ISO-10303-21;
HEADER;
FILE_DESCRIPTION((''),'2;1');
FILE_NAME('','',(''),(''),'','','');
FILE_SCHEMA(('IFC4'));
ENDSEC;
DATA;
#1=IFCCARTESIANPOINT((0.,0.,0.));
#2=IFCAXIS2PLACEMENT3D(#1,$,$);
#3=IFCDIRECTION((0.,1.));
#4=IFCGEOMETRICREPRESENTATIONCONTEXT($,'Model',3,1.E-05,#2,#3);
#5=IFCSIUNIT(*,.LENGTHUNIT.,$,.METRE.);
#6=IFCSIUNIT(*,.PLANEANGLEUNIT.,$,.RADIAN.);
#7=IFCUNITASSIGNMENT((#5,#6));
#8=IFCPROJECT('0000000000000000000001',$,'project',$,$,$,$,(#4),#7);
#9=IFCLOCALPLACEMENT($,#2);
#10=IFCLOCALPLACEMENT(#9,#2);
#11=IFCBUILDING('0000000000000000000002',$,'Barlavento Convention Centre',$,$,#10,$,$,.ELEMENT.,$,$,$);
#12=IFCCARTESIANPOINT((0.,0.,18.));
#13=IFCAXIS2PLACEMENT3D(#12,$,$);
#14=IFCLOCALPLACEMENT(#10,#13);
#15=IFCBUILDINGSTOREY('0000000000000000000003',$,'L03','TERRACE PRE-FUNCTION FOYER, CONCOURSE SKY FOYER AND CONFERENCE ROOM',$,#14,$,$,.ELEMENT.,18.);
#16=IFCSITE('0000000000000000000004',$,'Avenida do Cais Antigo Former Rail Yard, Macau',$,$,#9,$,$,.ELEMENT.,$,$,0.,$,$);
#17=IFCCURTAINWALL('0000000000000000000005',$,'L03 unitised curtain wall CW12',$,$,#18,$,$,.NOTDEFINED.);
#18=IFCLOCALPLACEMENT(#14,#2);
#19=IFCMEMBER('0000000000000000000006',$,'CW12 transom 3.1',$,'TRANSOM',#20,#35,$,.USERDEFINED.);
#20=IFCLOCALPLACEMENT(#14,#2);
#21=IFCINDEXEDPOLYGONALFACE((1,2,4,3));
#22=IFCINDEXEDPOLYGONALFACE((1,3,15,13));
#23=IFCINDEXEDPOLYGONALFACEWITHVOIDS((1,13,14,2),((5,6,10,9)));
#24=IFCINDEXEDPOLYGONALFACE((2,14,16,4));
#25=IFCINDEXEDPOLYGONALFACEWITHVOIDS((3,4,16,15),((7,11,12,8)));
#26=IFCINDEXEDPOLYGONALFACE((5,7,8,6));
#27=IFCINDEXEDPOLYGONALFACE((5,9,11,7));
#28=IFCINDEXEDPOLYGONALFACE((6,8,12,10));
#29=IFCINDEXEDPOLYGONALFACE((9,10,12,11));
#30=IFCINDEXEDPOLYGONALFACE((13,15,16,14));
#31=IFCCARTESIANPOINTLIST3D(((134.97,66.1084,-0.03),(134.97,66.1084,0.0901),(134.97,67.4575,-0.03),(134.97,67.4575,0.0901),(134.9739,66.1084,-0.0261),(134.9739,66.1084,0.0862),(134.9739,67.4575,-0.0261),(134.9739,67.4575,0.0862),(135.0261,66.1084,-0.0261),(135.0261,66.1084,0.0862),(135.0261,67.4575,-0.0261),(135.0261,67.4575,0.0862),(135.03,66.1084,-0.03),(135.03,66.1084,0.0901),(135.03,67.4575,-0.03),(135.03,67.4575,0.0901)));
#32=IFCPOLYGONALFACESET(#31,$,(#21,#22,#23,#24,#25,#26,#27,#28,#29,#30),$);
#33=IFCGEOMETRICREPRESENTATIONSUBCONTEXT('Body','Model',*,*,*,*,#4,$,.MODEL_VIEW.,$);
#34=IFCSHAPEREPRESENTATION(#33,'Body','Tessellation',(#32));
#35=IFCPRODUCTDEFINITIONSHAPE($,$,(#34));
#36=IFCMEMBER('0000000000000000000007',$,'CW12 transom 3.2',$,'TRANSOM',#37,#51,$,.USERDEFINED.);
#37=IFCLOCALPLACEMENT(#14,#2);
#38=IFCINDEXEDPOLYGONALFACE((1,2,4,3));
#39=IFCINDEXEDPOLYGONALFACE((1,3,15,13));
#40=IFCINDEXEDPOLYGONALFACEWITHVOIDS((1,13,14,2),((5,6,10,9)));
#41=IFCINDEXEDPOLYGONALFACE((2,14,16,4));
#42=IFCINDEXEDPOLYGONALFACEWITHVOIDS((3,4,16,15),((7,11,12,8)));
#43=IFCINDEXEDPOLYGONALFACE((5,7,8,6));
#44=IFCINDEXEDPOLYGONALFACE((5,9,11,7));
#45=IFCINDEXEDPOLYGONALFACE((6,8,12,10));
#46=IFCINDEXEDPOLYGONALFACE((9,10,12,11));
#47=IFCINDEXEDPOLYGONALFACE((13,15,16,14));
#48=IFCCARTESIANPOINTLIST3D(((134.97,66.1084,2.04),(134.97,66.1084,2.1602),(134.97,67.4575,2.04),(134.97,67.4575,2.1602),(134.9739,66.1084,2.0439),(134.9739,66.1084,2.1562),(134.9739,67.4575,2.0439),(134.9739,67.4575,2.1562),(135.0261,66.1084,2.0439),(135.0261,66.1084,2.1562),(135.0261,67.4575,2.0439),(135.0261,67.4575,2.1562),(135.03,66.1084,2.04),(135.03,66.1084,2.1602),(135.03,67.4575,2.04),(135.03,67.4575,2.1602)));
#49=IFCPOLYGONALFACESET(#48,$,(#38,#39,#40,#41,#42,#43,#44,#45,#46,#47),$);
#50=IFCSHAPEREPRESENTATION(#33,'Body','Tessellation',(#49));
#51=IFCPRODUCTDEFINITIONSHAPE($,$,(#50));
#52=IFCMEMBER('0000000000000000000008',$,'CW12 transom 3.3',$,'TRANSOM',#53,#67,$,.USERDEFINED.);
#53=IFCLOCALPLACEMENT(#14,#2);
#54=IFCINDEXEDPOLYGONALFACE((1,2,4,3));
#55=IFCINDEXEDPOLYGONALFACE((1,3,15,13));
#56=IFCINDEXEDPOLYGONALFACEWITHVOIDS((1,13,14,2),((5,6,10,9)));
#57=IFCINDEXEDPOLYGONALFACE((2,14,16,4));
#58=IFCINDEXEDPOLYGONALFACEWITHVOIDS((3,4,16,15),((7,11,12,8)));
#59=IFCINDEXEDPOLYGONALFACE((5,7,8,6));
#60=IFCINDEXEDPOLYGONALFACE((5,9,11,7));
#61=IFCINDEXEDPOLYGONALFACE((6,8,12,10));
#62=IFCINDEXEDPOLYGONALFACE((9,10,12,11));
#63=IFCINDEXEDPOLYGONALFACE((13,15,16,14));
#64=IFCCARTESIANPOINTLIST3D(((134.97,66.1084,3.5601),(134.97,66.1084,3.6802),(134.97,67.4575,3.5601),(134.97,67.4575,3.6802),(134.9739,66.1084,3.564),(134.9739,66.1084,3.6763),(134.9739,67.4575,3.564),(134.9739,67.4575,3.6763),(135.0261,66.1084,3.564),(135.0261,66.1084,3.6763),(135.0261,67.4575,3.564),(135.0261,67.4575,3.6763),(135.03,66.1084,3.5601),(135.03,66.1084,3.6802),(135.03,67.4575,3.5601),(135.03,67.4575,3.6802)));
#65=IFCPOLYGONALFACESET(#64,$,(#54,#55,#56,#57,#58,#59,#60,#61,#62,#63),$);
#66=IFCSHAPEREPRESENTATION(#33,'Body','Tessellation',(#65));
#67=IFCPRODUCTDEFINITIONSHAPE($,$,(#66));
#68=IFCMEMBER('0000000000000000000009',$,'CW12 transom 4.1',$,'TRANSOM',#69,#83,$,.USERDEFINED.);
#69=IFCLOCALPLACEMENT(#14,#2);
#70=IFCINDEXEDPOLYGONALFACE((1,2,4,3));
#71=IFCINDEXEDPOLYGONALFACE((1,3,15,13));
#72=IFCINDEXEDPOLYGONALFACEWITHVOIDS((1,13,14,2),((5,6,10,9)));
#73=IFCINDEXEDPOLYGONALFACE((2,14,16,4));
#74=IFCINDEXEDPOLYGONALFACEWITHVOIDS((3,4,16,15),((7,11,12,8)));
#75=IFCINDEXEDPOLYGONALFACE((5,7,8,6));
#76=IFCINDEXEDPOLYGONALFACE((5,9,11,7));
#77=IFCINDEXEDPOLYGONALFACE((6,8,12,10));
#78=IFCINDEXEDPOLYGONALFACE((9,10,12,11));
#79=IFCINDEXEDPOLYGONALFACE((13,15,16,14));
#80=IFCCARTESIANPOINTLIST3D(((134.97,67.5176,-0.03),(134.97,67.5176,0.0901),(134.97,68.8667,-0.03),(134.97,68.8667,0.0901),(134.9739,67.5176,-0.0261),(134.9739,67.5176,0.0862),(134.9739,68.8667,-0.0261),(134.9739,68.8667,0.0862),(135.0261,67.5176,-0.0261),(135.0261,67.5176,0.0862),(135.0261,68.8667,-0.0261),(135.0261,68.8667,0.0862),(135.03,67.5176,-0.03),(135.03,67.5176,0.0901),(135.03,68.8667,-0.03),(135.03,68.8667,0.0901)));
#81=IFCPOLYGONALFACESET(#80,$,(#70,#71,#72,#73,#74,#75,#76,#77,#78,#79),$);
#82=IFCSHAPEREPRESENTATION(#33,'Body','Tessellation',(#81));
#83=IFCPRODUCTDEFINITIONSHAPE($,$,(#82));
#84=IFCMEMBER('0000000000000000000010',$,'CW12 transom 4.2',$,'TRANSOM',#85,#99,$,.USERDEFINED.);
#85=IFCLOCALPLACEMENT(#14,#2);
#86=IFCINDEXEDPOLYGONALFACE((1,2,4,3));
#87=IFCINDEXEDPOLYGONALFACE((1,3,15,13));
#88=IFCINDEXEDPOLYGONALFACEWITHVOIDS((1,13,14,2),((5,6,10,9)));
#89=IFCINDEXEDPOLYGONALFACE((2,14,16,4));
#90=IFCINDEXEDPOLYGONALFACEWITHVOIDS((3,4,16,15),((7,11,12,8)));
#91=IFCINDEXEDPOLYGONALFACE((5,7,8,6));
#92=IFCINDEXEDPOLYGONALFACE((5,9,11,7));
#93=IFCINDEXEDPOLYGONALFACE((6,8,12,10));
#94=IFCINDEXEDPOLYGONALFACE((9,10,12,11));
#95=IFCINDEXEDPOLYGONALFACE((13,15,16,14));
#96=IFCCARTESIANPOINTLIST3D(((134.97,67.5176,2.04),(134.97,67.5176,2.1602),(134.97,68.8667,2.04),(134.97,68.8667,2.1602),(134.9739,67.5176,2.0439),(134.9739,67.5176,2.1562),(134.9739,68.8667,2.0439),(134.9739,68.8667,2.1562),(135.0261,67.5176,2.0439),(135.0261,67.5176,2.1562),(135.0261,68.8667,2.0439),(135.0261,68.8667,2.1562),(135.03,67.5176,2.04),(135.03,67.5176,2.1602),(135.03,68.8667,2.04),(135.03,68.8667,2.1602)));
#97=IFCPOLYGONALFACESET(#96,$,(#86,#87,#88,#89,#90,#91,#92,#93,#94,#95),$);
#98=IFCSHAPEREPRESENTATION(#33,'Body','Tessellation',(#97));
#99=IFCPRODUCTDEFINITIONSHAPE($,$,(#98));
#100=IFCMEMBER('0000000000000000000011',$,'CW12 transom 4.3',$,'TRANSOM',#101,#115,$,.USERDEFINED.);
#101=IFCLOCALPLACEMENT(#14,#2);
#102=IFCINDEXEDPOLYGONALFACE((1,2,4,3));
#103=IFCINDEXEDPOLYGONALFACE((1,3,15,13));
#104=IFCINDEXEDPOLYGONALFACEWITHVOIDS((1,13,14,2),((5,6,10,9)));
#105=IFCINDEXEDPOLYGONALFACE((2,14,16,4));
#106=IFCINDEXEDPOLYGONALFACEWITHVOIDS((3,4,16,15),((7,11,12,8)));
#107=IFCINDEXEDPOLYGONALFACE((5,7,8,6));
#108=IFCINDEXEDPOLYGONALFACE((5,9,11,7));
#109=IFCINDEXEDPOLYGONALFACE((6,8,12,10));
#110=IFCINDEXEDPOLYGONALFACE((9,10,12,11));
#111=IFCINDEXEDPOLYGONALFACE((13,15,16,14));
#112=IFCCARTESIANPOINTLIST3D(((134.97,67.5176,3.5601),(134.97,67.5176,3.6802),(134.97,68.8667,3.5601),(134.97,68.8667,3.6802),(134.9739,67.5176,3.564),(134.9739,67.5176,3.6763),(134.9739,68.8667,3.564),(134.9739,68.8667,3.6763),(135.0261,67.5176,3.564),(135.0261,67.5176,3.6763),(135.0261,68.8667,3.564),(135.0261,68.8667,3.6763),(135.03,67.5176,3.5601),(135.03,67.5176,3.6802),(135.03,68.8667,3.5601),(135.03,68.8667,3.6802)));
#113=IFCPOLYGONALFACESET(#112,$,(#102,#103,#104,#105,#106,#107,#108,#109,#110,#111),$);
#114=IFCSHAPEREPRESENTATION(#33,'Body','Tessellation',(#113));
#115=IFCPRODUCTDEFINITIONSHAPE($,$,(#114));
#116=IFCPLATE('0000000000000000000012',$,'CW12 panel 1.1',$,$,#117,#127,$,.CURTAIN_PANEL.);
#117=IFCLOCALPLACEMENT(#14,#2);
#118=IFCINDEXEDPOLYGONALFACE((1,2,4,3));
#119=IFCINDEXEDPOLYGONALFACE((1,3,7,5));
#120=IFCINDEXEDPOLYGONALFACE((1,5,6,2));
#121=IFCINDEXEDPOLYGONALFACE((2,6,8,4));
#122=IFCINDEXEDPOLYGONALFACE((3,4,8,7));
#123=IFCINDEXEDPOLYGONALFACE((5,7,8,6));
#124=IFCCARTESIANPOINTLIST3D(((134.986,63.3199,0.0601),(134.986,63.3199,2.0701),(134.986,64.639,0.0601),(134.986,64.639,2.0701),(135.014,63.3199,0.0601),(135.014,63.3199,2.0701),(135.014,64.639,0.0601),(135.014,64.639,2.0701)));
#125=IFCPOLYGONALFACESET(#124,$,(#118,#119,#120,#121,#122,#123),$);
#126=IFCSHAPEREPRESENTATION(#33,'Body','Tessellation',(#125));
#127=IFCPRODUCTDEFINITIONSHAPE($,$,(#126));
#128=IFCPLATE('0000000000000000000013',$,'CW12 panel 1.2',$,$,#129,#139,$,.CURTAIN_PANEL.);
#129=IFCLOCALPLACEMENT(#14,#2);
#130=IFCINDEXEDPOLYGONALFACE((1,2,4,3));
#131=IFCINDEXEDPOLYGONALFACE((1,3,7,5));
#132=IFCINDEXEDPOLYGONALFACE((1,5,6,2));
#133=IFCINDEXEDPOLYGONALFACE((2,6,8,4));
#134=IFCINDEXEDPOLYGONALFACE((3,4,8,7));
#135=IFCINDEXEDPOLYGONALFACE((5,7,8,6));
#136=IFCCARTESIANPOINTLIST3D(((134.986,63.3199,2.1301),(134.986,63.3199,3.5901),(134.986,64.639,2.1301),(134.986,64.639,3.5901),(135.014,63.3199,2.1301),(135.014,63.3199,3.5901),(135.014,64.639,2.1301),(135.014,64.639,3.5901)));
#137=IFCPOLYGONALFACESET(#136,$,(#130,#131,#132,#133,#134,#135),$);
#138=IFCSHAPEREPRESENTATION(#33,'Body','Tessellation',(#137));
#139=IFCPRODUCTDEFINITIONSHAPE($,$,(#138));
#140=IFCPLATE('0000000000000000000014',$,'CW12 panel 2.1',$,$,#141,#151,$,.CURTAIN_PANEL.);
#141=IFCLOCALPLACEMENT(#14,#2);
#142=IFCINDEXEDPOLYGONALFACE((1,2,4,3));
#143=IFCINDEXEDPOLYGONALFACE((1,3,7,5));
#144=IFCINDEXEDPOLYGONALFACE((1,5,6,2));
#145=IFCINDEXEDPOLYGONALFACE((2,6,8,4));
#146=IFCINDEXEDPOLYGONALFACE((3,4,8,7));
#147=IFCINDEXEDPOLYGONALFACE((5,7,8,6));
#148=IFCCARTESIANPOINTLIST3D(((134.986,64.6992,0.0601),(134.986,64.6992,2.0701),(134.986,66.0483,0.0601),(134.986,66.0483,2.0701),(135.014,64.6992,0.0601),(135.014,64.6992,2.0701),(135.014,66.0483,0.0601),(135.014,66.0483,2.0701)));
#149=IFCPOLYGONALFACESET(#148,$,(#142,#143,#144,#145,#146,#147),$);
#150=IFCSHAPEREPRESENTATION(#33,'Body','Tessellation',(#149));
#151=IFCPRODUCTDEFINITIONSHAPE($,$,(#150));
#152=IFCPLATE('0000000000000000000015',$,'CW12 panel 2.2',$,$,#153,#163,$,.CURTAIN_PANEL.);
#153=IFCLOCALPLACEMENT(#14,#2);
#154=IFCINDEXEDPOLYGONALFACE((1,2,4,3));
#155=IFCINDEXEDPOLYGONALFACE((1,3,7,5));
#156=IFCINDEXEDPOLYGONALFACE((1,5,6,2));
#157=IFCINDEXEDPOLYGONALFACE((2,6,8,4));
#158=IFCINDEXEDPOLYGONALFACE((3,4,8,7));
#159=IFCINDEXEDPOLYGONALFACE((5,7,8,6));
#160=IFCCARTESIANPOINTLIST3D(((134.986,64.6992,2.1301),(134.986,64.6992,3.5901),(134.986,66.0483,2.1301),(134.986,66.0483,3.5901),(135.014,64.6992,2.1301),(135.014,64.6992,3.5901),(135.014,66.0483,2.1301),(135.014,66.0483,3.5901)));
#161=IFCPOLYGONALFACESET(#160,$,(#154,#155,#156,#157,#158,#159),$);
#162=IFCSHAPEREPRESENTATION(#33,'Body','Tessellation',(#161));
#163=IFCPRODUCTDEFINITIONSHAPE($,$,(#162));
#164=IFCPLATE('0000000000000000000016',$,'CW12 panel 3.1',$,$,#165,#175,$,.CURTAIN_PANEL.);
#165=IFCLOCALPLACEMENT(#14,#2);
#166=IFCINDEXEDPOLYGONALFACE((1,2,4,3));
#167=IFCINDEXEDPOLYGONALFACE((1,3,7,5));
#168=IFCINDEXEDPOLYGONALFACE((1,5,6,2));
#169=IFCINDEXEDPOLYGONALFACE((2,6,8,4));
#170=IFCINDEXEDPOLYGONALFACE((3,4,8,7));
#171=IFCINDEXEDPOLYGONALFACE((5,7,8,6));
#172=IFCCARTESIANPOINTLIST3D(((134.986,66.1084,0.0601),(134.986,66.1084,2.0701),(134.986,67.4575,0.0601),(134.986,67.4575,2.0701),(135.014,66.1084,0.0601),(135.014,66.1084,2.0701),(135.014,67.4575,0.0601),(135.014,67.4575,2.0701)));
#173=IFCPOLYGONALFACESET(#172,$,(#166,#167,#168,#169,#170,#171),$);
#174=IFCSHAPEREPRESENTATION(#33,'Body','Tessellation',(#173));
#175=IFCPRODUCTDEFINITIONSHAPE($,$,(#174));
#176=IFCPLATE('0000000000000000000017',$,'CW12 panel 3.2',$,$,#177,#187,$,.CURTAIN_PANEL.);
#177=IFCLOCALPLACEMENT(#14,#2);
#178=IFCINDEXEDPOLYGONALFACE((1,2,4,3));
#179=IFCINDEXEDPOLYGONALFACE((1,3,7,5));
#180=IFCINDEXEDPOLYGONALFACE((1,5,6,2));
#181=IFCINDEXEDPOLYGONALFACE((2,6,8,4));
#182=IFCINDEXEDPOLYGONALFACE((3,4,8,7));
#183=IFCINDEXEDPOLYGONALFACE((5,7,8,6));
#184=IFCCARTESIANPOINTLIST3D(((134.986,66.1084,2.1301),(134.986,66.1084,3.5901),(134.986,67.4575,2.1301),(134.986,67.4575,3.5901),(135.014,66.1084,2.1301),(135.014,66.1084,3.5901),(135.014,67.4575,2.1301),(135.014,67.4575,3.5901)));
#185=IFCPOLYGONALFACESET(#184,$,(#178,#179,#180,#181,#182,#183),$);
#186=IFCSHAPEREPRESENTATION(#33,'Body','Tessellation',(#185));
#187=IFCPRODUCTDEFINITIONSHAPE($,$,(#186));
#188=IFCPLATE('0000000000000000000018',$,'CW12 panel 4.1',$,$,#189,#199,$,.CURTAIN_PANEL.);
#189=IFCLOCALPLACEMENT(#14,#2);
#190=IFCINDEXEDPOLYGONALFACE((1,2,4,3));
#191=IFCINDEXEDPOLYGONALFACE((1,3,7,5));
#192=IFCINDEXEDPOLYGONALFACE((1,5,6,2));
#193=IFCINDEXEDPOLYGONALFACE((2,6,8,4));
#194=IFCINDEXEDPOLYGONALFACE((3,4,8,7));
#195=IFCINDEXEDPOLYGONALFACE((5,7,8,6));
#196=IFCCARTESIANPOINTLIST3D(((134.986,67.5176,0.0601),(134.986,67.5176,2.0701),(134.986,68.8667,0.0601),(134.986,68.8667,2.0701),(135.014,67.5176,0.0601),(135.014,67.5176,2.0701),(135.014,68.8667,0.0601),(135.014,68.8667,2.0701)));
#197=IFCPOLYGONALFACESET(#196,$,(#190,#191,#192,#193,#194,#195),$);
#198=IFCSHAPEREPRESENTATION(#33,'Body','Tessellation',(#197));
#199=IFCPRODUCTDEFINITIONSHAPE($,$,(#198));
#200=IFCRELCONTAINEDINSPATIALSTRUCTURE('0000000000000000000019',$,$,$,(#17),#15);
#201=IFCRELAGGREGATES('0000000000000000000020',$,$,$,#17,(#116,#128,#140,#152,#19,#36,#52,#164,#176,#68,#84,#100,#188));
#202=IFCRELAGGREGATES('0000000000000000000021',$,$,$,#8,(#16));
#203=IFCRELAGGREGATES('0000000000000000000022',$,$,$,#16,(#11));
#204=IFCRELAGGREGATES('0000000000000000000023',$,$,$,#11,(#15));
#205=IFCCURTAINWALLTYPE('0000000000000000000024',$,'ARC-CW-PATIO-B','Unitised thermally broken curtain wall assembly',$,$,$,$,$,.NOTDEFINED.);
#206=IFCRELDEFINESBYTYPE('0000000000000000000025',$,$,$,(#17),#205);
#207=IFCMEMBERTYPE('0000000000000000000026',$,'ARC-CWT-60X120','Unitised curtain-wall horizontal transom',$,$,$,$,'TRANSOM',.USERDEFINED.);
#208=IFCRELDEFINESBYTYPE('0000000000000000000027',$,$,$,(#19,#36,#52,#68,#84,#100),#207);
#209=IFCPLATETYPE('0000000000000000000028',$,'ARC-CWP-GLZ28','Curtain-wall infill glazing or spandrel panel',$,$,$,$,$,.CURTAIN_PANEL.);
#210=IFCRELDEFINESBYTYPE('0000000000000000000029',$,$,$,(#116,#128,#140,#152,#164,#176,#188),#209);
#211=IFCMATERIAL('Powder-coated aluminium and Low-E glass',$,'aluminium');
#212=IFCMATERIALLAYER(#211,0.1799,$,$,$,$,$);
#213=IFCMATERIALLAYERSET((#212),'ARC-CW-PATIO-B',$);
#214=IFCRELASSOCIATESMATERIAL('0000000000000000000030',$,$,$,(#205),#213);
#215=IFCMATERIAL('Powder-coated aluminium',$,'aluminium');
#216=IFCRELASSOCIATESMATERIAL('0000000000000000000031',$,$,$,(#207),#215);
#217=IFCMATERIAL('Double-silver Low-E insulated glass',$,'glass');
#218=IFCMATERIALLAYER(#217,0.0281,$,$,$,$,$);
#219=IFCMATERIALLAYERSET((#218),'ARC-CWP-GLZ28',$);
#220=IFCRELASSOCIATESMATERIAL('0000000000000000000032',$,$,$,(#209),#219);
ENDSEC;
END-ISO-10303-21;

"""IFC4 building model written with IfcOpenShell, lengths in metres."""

from ifc_helpers import new_model, si_unit, direction, frame, origin, origin_2d, place, context, subcontext, project, spatial, rectangle, hollow_rectangle, extrude, material, layer, layer_set, material_profile, profile_set, type_object, element, aggregate, save


model = new_model("IFC4")

# Units and contexts
model_context = context("Model", 3, precision=1e-05, world=origin(), true_north=direction((0.0, 1.0)))
body_context = subcontext(model_context, "Body", "Model", "MODEL_VIEW")
ifc_project = project(units=[si_unit("LENGTHUNIT", "METRE"), si_unit("PLANEANGLEUNIT", "RADIAN")], contexts=[model_context])

# Site, building, storey
site_placement = place(None, origin())
site = spatial("IfcSite", under=ifc_project, at=site_placement, Name="Avenida do Cais Antigo Former Rail Yard, Macau", CompositionType="ELEMENT", RefElevation=0.0)
building_placement = place(site_placement, origin())
building = spatial("IfcBuilding", under=site, at=building_placement, Name="Barlavento Convention Centre", CompositionType="ELEMENT")
storey_placement = place(building_placement, frame((0.0, 0.0, 18.0)))
storey = spatial("IfcBuildingStorey", under=building, at=storey_placement, Name="L03", Description="TERRACE PRE-FUNCTION FOYER, CONCOURSE SKY FOYER AND CONFERENCE ROOM", CompositionType="ELEMENT", Elevation=18.0)

# Curtain wall, members, plates
ifc_material_1 = material(Name="Powder-coated aluminium and Low-E glass", Category="aluminium")
ifc_layer_1 = layer(ifc_material_1, 0.1799)
ifc_layer_set_1 = layer_set([ifc_layer_1], Name="ARC-CW-PATIO-B")
curtain_wall_type = type_object("IfcCurtainWallType", Name="ARC-CW-PATIO-B", Description="Unitised thermally broken curtain wall assembly", PredefinedType="NOTDEFINED", material=ifc_layer_set_1)
curtain_wall_placement = place(storey_placement, origin())
curtain_wall = element("IfcCurtainWall", 1, at=curtain_wall_placement, inside=storey, type_object=curtain_wall_type, Name="L03 unitised curtain wall CW12", PredefinedType="NOTDEFINED")
ifc_material_2 = material(Name="Powder-coated aluminium", Category="aluminium")
ifc_material_profile_1 = material_profile(ifc_material_2, hollow_rectangle(XDim=0.0601, YDim=0.1201, WallThickness=0.0039, at=origin_2d()), Name="AL-TRAN 60x120x4")
ifc_profile_set_1 = profile_set([ifc_material_profile_1], Name="Powder-coated aluminium")
member_type_1 = type_object("IfcMemberType", Name="ARC-CWT-60X120", Description="Unitised curtain-wall horizontal transom", ElementType="TRANSOM", PredefinedType="USERDEFINED", material=ifc_profile_set_1)
member_1_placement = place(storey_placement, frame((135.0, 66.1084, 0.03), z_axis=(0.0, 1.0, 0.0), x_axis=(-1.0, 0.0, 0.0)))
member_1 = element("IfcMember", 2, at=member_1_placement, type_object=member_type_1, Name="CW12 transom 3.1", ObjectType="TRANSOM", PredefinedType="USERDEFINED", context=body_context, shape_type="SweptSolid", body=[
    extrude(hollow_rectangle(XDim=0.0601, YDim=0.1201, WallThickness=0.0039, at=origin_2d()), origin(), (0.0, 0.0, 1.0), 1.3491),
])
member_2_placement = place(storey_placement, frame((135.0, 66.1084, 2.1001), z_axis=(0.0, 1.0, 0.0), x_axis=(-1.0, 0.0, 0.0)))
member_2 = element("IfcMember", 3, at=member_2_placement, type_object=member_type_1, Name="CW12 transom 3.2", ObjectType="TRANSOM", PredefinedType="USERDEFINED", context=body_context, shape_type="SweptSolid", body=[
    extrude(hollow_rectangle(XDim=0.0601, YDim=0.1201, WallThickness=0.0039, at=origin_2d()), origin(), (0.0, 0.0, 1.0), 1.3491),
])
member_3_placement = place(storey_placement, frame((135.0, 66.1084, 3.6201), z_axis=(0.0, 1.0, 0.0), x_axis=(-1.0, 0.0, 0.0)))
member_3 = element("IfcMember", 4, at=member_3_placement, type_object=member_type_1, Name="CW12 transom 3.3", ObjectType="TRANSOM", PredefinedType="USERDEFINED", context=body_context, shape_type="SweptSolid", body=[
    extrude(hollow_rectangle(XDim=0.0601, YDim=0.1201, WallThickness=0.0039, at=origin_2d()), origin(), (0.0, 0.0, 1.0), 1.3491),
])
member_4_placement = place(storey_placement, frame((135.0, 67.5176, 0.03), z_axis=(0.0, 1.0, 0.0), x_axis=(-1.0, 0.0, 0.0)))
member_4 = element("IfcMember", 5, at=member_4_placement, type_object=member_type_1, Name="CW12 transom 4.1", ObjectType="TRANSOM", PredefinedType="USERDEFINED", context=body_context, shape_type="SweptSolid", body=[
    extrude(hollow_rectangle(XDim=0.0601, YDim=0.1201, WallThickness=0.0039, at=origin_2d()), origin(), (0.0, 0.0, 1.0), 1.3491),
])
member_5_placement = place(storey_placement, frame((135.0, 67.5176, 2.1001), z_axis=(0.0, 1.0, 0.0), x_axis=(-1.0, 0.0, 0.0)))
member_5 = element("IfcMember", 6, at=member_5_placement, type_object=member_type_1, Name="CW12 transom 4.2", ObjectType="TRANSOM", PredefinedType="USERDEFINED", context=body_context, shape_type="SweptSolid", body=[
    extrude(hollow_rectangle(XDim=0.0601, YDim=0.1201, WallThickness=0.0039, at=origin_2d()), origin(), (0.0, 0.0, 1.0), 1.3491),
])
member_6_placement = place(storey_placement, frame((135.0, 67.5176, 3.6201), z_axis=(0.0, 1.0, 0.0), x_axis=(-1.0, 0.0, 0.0)))
member_6 = element("IfcMember", 7, at=member_6_placement, type_object=member_type_1, Name="CW12 transom 4.3", ObjectType="TRANSOM", PredefinedType="USERDEFINED", context=body_context, shape_type="SweptSolid", body=[
    extrude(hollow_rectangle(XDim=0.0601, YDim=0.1201, WallThickness=0.0039, at=origin_2d()), origin(), (0.0, 0.0, 1.0), 1.3491),
])
ifc_material_3 = material(Name="Double-silver Low-E insulated glass", Category="glass")
ifc_layer_2 = layer(ifc_material_3, 0.0281)
ifc_layer_set_2 = layer_set([ifc_layer_2], Name="ARC-CWP-GLZ28")
plate_type = type_object("IfcPlateType", Name="ARC-CWP-GLZ28", Description="Curtain-wall infill glazing or spandrel panel", PredefinedType="CURTAIN_PANEL", material=ifc_layer_set_2)
plate_1_placement = place(storey_placement, frame((135.0, 63.9795, 0.0601), z_axis=(0.0, 0.0, 1.0), x_axis=(0.0, 1.0, 0.0)))
plate_1 = element("IfcPlate", 8, at=plate_1_placement, type_object=plate_type, Name="CW12 panel 1.1", PredefinedType="CURTAIN_PANEL", context=body_context, shape_type="SweptSolid", body=[
    extrude(rectangle(XDim=1.3191, YDim=0.0281, at=origin_2d()), origin(), (0.0, 0.0, 1.0), 2.01),
])
plate_2_placement = place(storey_placement, frame((135.0, 63.9795, 2.1301), z_axis=(0.0, 0.0, 1.0), x_axis=(0.0, 1.0, 0.0)))
plate_2 = element("IfcPlate", 9, at=plate_2_placement, type_object=plate_type, Name="CW12 panel 1.2", PredefinedType="CURTAIN_PANEL", context=body_context, shape_type="SweptSolid", body=[
    extrude(rectangle(XDim=1.3191, YDim=0.0281, at=origin_2d()), origin(), (0.0, 0.0, 1.0), 1.46),
])
plate_3_placement = place(storey_placement, frame((135.0, 65.3738, 0.0601), z_axis=(0.0, 0.0, 1.0), x_axis=(0.0, 1.0, 0.0)))
plate_3 = element("IfcPlate", 10, at=plate_3_placement, type_object=plate_type, Name="CW12 panel 2.1", PredefinedType="CURTAIN_PANEL", context=body_context, shape_type="SweptSolid", body=[
    extrude(rectangle(XDim=1.3491, YDim=0.0281, at=origin_2d()), origin(), (0.0, 0.0, 1.0), 2.01),
])
plate_4_placement = place(storey_placement, frame((135.0, 65.3738, 2.1301), z_axis=(0.0, 0.0, 1.0), x_axis=(0.0, 1.0, 0.0)))
plate_4 = element("IfcPlate", 11, at=plate_4_placement, type_object=plate_type, Name="CW12 panel 2.2", PredefinedType="CURTAIN_PANEL", context=body_context, shape_type="SweptSolid", body=[
    extrude(rectangle(XDim=1.3491, YDim=0.0281, at=origin_2d()), origin(), (0.0, 0.0, 1.0), 1.46),
])
plate_5_placement = place(storey_placement, frame((135.0, 66.783, 0.0601), z_axis=(0.0, 0.0, 1.0), x_axis=(0.0, 1.0, 0.0)))
plate_5 = element("IfcPlate", 12, at=plate_5_placement, type_object=plate_type, Name="CW12 panel 3.1", PredefinedType="CURTAIN_PANEL", context=body_context, shape_type="SweptSolid", body=[
    extrude(rectangle(XDim=1.3491, YDim=0.0281, at=origin_2d()), origin(), (0.0, 0.0, 1.0), 2.01),
])
plate_6_placement = place(storey_placement, frame((135.0, 66.783, 2.1301), z_axis=(0.0, 0.0, 1.0), x_axis=(0.0, 1.0, 0.0)))
plate_6 = element("IfcPlate", 13, at=plate_6_placement, type_object=plate_type, Name="CW12 panel 3.2", PredefinedType="CURTAIN_PANEL", context=body_context, shape_type="SweptSolid", body=[
    extrude(rectangle(XDim=1.3491, YDim=0.0281, at=origin_2d()), origin(), (0.0, 0.0, 1.0), 1.46),
])
plate_7_placement = place(storey_placement, frame((135.0, 68.1921, 0.0601), z_axis=(0.0, 0.0, 1.0), x_axis=(0.0, 1.0, 0.0)))
plate_7 = element("IfcPlate", 14, at=plate_7_placement, type_object=plate_type, Name="CW12 panel 4.1", PredefinedType="CURTAIN_PANEL", context=body_context, shape_type="SweptSolid", body=[
    extrude(rectangle(XDim=1.3491, YDim=0.0281, at=origin_2d()), origin(), (0.0, 0.0, 1.0), 2.01),
])
aggregate(curtain_wall, [plate_1, plate_2, plate_3, plate_4, member_1, member_2, member_3, plate_5, plate_6, member_4, member_5, member_6, plate_7])

save(model, "model.ifc")
